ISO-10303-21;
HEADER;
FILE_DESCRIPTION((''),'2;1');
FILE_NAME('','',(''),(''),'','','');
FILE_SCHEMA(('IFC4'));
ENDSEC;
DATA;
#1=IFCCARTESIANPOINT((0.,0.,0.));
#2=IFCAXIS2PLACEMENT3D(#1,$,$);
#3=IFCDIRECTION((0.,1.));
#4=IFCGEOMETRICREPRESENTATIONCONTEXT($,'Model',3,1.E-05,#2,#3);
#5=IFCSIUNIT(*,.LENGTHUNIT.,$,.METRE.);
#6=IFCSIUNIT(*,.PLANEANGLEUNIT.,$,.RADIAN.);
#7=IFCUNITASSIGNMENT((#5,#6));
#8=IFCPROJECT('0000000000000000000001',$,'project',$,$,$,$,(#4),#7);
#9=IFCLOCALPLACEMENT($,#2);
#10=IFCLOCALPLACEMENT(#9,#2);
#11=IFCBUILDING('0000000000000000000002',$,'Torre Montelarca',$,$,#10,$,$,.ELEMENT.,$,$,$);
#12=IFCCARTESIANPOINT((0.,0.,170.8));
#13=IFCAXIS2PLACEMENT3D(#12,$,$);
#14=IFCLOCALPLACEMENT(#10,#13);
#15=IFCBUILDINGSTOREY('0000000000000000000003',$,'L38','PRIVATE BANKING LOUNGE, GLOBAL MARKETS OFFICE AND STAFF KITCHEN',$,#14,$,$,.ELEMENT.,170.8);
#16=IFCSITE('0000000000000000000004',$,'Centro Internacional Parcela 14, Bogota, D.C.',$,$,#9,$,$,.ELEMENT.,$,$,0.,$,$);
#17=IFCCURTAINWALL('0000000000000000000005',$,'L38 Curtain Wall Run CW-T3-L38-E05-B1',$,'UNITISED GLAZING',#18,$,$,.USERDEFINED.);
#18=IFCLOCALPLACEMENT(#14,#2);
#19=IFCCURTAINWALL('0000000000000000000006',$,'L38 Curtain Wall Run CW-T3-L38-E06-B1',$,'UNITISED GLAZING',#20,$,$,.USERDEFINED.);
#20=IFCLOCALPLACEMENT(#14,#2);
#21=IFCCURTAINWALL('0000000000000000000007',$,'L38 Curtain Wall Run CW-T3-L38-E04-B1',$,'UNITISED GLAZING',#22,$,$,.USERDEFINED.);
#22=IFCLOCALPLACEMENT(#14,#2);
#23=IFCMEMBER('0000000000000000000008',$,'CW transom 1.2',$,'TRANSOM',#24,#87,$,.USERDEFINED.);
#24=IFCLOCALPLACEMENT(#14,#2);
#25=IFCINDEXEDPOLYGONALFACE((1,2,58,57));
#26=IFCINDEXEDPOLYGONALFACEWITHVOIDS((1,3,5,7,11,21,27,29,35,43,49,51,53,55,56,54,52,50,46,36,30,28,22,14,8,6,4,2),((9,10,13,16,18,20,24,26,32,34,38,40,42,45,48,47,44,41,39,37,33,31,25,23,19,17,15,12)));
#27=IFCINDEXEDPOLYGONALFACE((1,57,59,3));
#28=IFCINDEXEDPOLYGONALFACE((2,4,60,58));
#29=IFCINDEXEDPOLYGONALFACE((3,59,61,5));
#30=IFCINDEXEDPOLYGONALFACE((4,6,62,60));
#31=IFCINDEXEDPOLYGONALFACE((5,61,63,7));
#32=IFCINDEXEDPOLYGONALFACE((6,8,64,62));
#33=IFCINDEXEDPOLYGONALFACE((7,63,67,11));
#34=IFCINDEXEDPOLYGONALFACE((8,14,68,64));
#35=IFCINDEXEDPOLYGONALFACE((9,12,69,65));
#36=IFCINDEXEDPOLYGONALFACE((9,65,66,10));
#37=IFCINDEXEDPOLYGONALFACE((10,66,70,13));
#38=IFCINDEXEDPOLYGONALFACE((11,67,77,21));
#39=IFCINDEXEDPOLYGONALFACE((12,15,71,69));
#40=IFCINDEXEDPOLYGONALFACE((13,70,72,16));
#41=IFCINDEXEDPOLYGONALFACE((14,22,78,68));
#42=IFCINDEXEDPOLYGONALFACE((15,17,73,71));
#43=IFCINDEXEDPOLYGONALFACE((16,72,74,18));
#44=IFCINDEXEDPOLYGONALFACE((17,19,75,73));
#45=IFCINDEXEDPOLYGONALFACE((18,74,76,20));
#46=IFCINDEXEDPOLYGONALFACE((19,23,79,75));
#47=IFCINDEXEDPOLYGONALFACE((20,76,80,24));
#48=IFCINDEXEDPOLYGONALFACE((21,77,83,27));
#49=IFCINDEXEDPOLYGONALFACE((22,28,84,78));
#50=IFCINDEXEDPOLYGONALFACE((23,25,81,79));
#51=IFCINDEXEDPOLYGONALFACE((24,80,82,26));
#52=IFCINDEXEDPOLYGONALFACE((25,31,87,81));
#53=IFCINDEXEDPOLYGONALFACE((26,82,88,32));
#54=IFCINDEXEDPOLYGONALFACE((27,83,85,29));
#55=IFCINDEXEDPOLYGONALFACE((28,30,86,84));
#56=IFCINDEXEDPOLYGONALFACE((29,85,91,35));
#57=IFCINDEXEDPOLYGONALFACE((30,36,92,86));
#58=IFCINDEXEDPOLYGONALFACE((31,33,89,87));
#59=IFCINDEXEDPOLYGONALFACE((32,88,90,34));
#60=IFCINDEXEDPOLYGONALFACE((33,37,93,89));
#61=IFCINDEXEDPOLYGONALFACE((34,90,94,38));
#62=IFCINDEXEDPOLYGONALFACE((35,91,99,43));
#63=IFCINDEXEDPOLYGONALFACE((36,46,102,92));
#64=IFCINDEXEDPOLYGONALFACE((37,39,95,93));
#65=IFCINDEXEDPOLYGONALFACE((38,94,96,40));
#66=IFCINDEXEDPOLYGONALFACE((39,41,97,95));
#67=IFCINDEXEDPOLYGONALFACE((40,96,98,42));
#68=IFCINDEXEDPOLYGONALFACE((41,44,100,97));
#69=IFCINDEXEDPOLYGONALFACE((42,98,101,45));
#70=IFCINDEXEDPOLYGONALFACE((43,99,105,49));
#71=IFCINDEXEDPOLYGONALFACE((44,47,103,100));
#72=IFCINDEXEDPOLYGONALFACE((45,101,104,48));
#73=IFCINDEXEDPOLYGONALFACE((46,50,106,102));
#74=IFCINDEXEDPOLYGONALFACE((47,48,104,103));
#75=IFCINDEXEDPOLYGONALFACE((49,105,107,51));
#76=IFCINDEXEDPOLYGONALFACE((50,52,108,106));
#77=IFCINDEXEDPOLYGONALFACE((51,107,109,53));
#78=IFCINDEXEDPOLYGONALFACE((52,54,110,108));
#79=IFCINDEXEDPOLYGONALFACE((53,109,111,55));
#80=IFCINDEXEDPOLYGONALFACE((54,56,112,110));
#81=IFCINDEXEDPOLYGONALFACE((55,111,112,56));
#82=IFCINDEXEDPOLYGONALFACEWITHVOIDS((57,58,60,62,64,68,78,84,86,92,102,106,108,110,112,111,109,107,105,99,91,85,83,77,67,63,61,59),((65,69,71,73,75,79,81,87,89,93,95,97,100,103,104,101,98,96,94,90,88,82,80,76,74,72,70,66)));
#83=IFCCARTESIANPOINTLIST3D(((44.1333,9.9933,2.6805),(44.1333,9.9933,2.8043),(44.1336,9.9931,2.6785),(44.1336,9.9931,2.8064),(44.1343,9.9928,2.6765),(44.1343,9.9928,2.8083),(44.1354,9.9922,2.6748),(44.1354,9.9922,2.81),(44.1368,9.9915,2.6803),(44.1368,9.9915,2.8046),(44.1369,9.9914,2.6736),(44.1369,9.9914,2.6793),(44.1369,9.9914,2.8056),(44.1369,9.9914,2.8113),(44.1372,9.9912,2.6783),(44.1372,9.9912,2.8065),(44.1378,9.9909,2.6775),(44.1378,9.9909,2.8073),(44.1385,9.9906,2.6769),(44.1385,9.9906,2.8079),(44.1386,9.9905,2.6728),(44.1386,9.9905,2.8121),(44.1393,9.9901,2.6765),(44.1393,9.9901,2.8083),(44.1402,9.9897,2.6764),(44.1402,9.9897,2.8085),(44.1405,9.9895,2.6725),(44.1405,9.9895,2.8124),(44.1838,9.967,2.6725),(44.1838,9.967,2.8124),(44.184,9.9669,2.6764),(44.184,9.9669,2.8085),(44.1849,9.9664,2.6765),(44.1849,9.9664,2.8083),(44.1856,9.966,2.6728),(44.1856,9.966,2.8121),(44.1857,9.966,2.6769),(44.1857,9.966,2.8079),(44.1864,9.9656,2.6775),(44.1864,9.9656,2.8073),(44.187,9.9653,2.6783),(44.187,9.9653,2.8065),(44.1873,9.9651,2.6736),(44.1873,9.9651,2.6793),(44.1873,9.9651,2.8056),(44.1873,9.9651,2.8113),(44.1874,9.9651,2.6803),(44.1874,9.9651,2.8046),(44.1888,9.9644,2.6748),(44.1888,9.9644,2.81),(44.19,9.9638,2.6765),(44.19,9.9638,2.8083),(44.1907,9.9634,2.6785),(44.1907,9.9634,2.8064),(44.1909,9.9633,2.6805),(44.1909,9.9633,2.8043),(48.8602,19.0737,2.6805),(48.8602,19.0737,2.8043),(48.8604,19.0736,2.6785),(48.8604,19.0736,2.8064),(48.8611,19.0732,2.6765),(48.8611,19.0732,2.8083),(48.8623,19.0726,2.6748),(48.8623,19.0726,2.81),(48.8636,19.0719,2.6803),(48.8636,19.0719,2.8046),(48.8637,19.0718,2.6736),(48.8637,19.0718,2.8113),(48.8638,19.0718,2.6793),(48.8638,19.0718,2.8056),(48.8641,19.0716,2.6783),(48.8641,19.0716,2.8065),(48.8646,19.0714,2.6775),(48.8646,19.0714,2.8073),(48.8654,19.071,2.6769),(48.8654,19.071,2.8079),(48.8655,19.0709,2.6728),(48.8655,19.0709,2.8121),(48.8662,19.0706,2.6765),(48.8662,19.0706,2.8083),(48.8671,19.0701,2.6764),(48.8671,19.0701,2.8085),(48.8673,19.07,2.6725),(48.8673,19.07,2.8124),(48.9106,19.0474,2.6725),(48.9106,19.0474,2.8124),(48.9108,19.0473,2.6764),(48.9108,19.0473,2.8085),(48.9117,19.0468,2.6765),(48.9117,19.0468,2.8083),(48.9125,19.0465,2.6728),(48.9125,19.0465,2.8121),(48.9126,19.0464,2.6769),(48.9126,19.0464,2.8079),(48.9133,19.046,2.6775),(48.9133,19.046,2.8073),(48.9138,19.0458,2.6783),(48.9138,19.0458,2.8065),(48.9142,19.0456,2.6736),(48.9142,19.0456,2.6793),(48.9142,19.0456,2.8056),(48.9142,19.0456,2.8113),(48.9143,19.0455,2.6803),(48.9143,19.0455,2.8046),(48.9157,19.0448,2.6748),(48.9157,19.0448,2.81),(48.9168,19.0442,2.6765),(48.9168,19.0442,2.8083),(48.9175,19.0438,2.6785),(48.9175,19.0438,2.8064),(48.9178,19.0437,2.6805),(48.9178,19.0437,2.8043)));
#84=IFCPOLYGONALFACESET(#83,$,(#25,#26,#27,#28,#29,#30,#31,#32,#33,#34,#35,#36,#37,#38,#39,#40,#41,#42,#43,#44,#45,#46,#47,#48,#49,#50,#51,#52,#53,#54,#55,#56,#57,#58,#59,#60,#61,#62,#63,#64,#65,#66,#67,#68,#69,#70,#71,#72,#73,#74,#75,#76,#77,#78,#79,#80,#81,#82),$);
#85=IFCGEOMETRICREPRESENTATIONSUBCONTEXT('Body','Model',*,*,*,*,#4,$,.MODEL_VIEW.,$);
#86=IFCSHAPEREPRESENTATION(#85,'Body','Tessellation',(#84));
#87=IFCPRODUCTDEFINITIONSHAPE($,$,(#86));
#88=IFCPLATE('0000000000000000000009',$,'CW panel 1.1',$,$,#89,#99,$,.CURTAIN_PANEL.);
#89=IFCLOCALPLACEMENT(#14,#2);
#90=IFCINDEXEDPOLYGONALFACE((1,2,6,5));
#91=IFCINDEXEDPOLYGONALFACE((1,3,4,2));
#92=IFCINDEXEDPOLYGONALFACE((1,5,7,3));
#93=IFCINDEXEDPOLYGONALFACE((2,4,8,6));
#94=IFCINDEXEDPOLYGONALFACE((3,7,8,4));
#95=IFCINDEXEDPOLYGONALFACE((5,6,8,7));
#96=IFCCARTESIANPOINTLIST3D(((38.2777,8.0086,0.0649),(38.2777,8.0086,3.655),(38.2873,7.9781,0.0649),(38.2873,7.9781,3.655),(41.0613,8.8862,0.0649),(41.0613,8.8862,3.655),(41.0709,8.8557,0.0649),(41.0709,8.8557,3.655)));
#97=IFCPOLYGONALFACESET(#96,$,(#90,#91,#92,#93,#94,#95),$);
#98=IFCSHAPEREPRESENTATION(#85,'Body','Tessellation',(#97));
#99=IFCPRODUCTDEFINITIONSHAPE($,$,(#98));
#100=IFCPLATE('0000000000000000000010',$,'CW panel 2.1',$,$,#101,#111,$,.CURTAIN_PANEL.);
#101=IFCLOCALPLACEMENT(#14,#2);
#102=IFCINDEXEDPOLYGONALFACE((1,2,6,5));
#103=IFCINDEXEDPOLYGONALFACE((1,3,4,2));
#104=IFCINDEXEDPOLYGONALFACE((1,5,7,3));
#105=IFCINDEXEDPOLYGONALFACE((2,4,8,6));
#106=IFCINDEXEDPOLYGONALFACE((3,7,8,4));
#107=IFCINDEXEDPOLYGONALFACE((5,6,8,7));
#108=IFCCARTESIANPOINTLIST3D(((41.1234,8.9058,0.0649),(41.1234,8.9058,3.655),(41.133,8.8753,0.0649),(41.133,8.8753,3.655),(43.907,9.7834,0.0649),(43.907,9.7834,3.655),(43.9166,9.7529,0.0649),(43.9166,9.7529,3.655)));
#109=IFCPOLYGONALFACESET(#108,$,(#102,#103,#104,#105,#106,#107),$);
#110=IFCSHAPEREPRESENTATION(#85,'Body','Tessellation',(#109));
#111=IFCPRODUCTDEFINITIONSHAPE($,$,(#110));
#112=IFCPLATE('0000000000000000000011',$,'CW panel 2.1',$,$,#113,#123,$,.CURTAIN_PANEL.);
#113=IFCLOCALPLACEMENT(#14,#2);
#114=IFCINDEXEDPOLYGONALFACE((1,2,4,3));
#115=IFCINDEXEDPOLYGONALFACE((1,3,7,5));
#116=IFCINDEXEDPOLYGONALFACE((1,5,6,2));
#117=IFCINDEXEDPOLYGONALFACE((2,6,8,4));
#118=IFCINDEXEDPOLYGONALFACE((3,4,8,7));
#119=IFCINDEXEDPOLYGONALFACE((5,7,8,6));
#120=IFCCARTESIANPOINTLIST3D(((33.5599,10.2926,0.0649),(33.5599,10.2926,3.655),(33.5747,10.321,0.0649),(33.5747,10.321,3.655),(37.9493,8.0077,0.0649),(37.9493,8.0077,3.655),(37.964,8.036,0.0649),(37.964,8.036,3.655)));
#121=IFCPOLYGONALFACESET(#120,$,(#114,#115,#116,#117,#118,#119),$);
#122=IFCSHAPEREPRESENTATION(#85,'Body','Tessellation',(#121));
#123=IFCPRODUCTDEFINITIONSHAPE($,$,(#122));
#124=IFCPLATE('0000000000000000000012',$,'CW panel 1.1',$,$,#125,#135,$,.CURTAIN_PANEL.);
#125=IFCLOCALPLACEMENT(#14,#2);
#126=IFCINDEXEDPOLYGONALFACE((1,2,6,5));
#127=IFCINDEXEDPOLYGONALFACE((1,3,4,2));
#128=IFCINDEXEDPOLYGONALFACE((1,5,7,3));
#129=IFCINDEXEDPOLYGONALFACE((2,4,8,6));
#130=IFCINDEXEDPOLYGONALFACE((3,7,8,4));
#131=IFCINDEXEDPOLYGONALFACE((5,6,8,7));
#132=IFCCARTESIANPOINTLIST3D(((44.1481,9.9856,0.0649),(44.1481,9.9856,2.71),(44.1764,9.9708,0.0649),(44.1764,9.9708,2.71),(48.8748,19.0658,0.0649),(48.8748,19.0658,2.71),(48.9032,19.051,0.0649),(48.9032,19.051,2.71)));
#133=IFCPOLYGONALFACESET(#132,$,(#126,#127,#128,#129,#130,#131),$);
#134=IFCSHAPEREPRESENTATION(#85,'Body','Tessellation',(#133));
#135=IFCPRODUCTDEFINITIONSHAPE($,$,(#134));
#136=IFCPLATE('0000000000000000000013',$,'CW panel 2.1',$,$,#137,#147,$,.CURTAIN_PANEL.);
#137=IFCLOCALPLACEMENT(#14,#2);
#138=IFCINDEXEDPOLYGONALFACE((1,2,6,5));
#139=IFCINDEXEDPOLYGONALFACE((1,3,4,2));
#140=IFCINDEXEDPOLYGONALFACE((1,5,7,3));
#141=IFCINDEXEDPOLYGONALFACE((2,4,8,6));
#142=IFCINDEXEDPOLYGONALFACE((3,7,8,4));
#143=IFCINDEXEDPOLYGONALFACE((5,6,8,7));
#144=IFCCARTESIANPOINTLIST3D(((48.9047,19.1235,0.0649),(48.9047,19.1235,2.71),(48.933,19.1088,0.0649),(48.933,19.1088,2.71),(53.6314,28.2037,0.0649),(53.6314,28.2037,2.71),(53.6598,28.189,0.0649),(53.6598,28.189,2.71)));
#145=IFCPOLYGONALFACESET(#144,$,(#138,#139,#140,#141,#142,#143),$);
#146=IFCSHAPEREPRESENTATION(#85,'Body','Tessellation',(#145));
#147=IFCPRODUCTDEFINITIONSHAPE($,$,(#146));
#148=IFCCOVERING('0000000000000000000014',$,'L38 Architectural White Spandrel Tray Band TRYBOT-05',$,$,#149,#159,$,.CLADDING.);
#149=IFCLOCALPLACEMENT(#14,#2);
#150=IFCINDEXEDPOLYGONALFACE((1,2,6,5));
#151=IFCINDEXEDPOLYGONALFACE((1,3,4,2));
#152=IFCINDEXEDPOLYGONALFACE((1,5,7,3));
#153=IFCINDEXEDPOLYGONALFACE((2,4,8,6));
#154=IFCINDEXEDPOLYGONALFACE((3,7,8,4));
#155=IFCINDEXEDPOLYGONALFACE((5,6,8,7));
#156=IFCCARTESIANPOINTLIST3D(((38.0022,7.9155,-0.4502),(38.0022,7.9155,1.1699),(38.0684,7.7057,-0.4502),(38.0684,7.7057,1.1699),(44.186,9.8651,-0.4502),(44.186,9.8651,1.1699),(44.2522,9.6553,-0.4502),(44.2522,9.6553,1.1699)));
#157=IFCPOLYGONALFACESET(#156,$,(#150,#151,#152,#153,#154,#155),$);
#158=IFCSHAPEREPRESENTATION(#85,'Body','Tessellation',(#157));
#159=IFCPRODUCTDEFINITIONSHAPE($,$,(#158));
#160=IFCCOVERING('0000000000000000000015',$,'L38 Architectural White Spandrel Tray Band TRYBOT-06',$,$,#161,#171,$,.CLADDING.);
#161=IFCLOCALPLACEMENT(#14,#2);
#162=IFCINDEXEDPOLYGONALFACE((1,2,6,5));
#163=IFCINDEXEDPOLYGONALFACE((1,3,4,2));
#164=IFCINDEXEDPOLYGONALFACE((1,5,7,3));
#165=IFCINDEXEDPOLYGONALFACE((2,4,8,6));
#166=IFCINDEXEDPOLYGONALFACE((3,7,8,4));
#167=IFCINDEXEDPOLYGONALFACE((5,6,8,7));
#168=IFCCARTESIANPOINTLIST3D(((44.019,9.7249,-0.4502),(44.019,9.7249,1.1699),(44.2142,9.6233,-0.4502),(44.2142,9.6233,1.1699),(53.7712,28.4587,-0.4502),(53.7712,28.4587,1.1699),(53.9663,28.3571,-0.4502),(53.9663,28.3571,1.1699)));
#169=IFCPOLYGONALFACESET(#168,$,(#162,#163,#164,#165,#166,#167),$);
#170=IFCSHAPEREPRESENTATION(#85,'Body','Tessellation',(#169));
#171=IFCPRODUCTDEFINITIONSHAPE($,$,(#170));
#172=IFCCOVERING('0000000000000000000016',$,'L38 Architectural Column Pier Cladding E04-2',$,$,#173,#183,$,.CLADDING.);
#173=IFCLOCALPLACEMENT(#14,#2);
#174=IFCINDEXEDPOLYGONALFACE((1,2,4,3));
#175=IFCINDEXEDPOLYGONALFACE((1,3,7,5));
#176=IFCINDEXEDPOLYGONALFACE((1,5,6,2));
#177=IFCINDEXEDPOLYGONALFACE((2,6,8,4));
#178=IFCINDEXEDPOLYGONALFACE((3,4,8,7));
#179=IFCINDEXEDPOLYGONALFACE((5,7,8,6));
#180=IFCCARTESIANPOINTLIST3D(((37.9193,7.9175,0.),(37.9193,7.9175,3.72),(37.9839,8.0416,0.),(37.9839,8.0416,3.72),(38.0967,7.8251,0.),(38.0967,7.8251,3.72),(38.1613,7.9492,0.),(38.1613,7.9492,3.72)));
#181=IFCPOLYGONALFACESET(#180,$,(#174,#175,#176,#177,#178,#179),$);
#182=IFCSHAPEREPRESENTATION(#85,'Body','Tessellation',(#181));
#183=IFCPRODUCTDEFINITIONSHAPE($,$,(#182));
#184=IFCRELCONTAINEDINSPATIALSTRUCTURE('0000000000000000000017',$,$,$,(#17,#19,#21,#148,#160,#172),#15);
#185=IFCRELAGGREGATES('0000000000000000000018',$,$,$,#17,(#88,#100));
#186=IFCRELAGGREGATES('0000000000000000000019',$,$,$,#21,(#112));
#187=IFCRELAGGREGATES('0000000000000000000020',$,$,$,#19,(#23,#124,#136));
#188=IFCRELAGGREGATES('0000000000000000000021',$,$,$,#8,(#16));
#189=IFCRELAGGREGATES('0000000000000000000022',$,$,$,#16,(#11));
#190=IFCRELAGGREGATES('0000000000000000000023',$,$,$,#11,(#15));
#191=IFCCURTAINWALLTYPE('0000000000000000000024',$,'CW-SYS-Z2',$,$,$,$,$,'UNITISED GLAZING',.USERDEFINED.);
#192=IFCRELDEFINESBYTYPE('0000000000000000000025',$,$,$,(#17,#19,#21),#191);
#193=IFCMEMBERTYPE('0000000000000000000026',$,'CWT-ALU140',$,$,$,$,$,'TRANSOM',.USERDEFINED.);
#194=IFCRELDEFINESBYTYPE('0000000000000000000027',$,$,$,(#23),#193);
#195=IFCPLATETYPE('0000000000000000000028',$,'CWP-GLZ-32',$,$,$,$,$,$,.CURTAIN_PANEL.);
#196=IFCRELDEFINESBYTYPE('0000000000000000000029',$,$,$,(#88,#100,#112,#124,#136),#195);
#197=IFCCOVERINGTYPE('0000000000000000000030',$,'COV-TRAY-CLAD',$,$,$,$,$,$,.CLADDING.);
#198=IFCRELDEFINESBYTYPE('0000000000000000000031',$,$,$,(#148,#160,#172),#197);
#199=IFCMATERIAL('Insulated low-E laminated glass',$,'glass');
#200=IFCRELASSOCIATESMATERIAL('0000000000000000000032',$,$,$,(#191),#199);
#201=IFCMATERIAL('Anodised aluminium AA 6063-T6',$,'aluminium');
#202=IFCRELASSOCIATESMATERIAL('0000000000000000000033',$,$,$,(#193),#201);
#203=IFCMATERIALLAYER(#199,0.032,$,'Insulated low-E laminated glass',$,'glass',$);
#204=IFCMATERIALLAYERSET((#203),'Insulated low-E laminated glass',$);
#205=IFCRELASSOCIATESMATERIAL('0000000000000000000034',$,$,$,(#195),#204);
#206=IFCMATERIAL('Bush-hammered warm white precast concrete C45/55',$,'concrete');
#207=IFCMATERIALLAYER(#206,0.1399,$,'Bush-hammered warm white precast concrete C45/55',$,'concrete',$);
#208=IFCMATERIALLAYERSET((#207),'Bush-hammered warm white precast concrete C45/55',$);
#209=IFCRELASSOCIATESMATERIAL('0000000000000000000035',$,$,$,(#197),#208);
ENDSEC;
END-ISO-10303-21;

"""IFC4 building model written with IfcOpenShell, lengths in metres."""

from ifc_helpers import new_model, si_unit, direction, frame, origin, origin_2d, place, context, subcontext, project, spatial, rectangle, hollow_rectangle, extrude, source, transform, mapped, material, layer, layer_set, material_profile, profile_set, type_object, element, aggregate, save


model = new_model("IFC4")

# Units and contexts
model_context = context("Model", 3, precision=1e-05, world=origin(), true_north=direction((0.0, 1.0)))
body_context = subcontext(model_context, "Body", "Model", "MODEL_VIEW")
ifc_project = project(units=[si_unit("LENGTHUNIT", "METRE"), si_unit("PLANEANGLEUNIT", "RADIAN")], contexts=[model_context])

# Site, building, storey
site_placement = place(None, origin())
site = spatial("IfcSite", under=ifc_project, at=site_placement, Name="Centro Internacional Parcela 14, Bogota, D.C.", CompositionType="ELEMENT", RefElevation=0.0)
building_placement = place(site_placement, origin())
building = spatial("IfcBuilding", under=site, at=building_placement, Name="Torre Montelarca", CompositionType="ELEMENT")
storey_placement = place(building_placement, frame((0.0, 0.0, 170.8)))
storey = spatial("IfcBuildingStorey", under=building, at=storey_placement, Name="L38", Description="PRIVATE BANKING LOUNGE, GLOBAL MARKETS OFFICE AND STAFF KITCHEN", CompositionType="ELEMENT", Elevation=170.8)

# Curtain walls
ifc_material_1 = material(Name="Insulated low-E laminated glass", Category="glass")
curtain_wall_type = type_object("IfcCurtainWallType", Name="CW-SYS-Z2", ElementType="UNITISED GLAZING", PredefinedType="USERDEFINED", material=ifc_material_1)
curtain_wall_1_placement = place(storey_placement, origin())
curtain_wall_1 = element("IfcCurtainWall", 1, at=curtain_wall_1_placement, inside=storey, type_object=curtain_wall_type, Name="L38 Curtain Wall Run CW-T3-L38-E05-B1", ObjectType="UNITISED GLAZING", PredefinedType="USERDEFINED")
ifc_material_2 = material(Name="Anodised aluminium AA 6063-T6", Category="aluminium")
ifc_material_profile_1 = material_profile(ifc_material_2, hollow_rectangle(XDim=0.0649, YDim=0.1399, WallThickness=0.0039, InnerFilletRadius=0.0039, OuterFilletRadius=0.0081, at=origin_2d()), Name="ALU65X140X4", Category="aluminium")
ifc_profile_set_1 = profile_set([ifc_material_profile_1], Name="Anodised aluminium AA 6063-T6")
member_type_1 = type_object("IfcMemberType", Name="CWT-ALU140", ElementType="TRANSOM", PredefinedType="USERDEFINED", material=ifc_profile_set_1)
curtain_wall_2_placement = place(storey_placement, origin())
curtain_wall_2 = element("IfcCurtainWall", 2, at=curtain_wall_2_placement, inside=storey, type_object=curtain_wall_type, Name="L38 Curtain Wall Run CW-T3-L38-E06-B1", ObjectType="UNITISED GLAZING", PredefinedType="USERDEFINED")

# Curtain wall
curtain_wall_3_placement = place(storey_placement, origin())
curtain_wall_3 = element("IfcCurtainWall", 3, at=curtain_wall_3_placement, inside=storey, type_object=curtain_wall_type, Name="L38 Curtain Wall Run CW-T3-L38-E04-B1", ObjectType="UNITISED GLAZING", PredefinedType="USERDEFINED")

# Member
shared_shape_1 = source(origin(), body_context, "Body", "SweptSolid", [
    extrude(hollow_rectangle(XDim=0.0649, YDim=0.1399, WallThickness=0.0039, InnerFilletRadius=0.0039, OuterFilletRadius=0.0081, at=origin_2d()), origin(), (0.0, 0.0, 1.0), 10.2371),
])
member_1_placement = place(storey_placement, frame((44.1621, 9.9783, 2.7424), z_axis=(0.46174, 0.887015, 0.0), x_axis=(-0.887015, 0.46174, 0.0)))
member_1 = element("IfcMember", 4, at=member_1_placement, type_object=member_type_1, Name="CW transom 1.2", ObjectType="TRANSOM", PredefinedType="USERDEFINED", context=body_context, shape_type="MappedRepresentation", body=[
    mapped(shared_shape_1, transform((0.0, 0.0, 0.0), scale=1.0)),
])

# Plates
ifc_layer_1 = layer(ifc_material_1, 0.032, Name="Insulated low-E laminated glass", Category="glass")
ifc_layer_set_1 = layer_set([ifc_layer_1], Name="Insulated low-E laminated glass")
plate_type = type_object("IfcPlateType", Name="CWP-GLZ-32", PredefinedType="CURTAIN_PANEL", material=ifc_layer_set_1)
shared_shape_2 = source(origin(), body_context, "Body", "SweptSolid", [
    extrude(rectangle(XDim=2.9187, YDim=0.032, at=origin_2d()), origin(), (0.0, 0.0, 1.0), 3.5901),
])
plate_1_placement = place(storey_placement, frame((39.6743, 8.4321, 0.0649), z_axis=(0.0, 0.0, 1.0), x_axis=(0.953725, 0.300679, 0.0)))
plate_1 = element("IfcPlate", 5, at=plate_1_placement, type_object=plate_type, Name="CW panel 1.1", PredefinedType="CURTAIN_PANEL", context=body_context, shape_type="MappedRepresentation", body=[
    mapped(shared_shape_2, transform((0.0, 0.0, 0.0), scale=1.0)),
])
plate_2_placement = place(storey_placement, frame((42.52, 9.3293, 0.0649), z_axis=(0.0, 0.0, 1.0), x_axis=(0.953725, 0.300679, 0.0)))
plate_2 = element("IfcPlate", 6, at=plate_2_placement, type_object=plate_type, Name="CW panel 2.1", PredefinedType="CURTAIN_PANEL", context=body_context, shape_type="MappedRepresentation", body=[
    mapped(shared_shape_2, transform((0.0, 0.0, 0.0), scale=1.0)),
])
aggregate(curtain_wall_1, [plate_1, plate_2])
shared_shape_3 = source(origin(), body_context, "Body", "SweptSolid", [
    extrude(rectangle(XDim=4.9485, YDim=0.032, at=origin_2d()), origin(), (0.0, 0.0, 1.0), 3.5901),
])
plate_3_placement = place(storey_placement, frame((35.762, 9.1643, 0.0649), z_axis=(0.0, 0.0, 1.0), x_axis=(0.887013, -0.461744, 0.0)))
plate_3 = element("IfcPlate", 7, at=plate_3_placement, type_object=plate_type, Name="CW panel 2.1", PredefinedType="CURTAIN_PANEL", context=body_context, shape_type="MappedRepresentation", body=[
    mapped(shared_shape_3, transform((0.0, 0.0, 0.0), scale=1.0)),
])
aggregate(curtain_wall_3, [plate_3])
shared_shape_4 = source(origin(), body_context, "Body", "SweptSolid", [
    extrude(rectangle(XDim=10.2368, YDim=0.032, at=origin_2d()), origin(), (0.0, 0.0, 1.0), 2.645),
])
plate_4_placement = place(storey_placement, frame((46.5256, 14.5183, 0.0649), z_axis=(0.0, 0.0, 1.0), x_axis=(0.461743, 0.887014, 0.0)))
plate_4 = element("IfcPlate", 8, at=plate_4_placement, type_object=plate_type, Name="CW panel 1.1", PredefinedType="CURTAIN_PANEL", context=body_context, shape_type="MappedRepresentation", body=[
    mapped(shared_shape_4, transform((0.0, 0.0, 0.0), scale=1.0)),
])
plate_5_placement = place(storey_placement, frame((51.2822, 23.6562, 0.0649), z_axis=(0.0, 0.0, 1.0), x_axis=(0.461743, 0.887014, 0.0)))
plate_5 = element("IfcPlate", 9, at=plate_5_placement, type_object=plate_type, Name="CW panel 2.1", PredefinedType="CURTAIN_PANEL", context=body_context, shape_type="MappedRepresentation", body=[
    mapped(shared_shape_4, transform((0.0, 0.0, 0.0), scale=1.0)),
])
aggregate(curtain_wall_2, [member_1, plate_4, plate_5])

# Coverings
ifc_material_3 = material(Name="Bush-hammered warm white precast concrete C45/55", Category="concrete")
ifc_layer_2 = layer(ifc_material_3, 0.1399, Name="Bush-hammered warm white precast concrete C45/55", Category="concrete")
ifc_layer_set_2 = layer_set([ifc_layer_2], Name="Bush-hammered warm white precast concrete C45/55")
covering_type = type_object("IfcCoveringType", Name="COV-TRAY-CLAD", PredefinedType="CLADDING", material=ifc_layer_set_2)
shared_shape_5 = source(origin(), body_context, "Body", "SweptSolid", [
    extrude(rectangle(XDim=6.4839, YDim=0.22, at=origin_2d()), origin(), (0.0, 0.0, 1.0), 1.6201),
])
covering_1_placement = place(storey_placement, frame((41.1272, 8.7854, -0.4502), z_axis=(0.0, 0.0, 1.0), x_axis=(0.953722, 0.300691, 0.0)))
element("IfcCovering", 10, at=covering_1_placement, inside=storey, type_object=covering_type, Name="L38 Architectural White Spandrel Tray Band TRYBOT-05", PredefinedType="CLADDING", context=body_context, shape_type="MappedRepresentation", body=[
    mapped(shared_shape_5, transform((0.0, 0.0, 0.0), scale=1.0)),
])
shared_shape_6 = source(origin(), body_context, "Body", "SweptSolid", [
    extrude(rectangle(XDim=21.1201, YDim=0.22, at=origin_2d()), origin(), (0.0, 0.0, 1.0), 1.6201),
])
covering_2_placement = place(storey_placement, frame((48.9927, 19.041, -0.4502), z_axis=(0.0, 0.0, 1.0), x_axis=(0.461747, 0.887012, 0.0)))
element("IfcCovering", 11, at=covering_2_placement, inside=storey, type_object=covering_type, Name="L38 Architectural White Spandrel Tray Band TRYBOT-06", PredefinedType="CLADDING", context=body_context, shape_type="MappedRepresentation", body=[
    mapped(shared_shape_6, transform((0.0, 0.0, 0.0), scale=1.0)),
])
shared_shape_7 = source(origin(), body_context, "Body", "SweptSolid", [
    extrude(rectangle(XDim=0.2, YDim=0.1399, at=origin_2d()), origin(), (0.0, 0.0, 1.0), 3.72),
])
for number, where, z_axis, x_axis, name in (
    (12, (38.0403, 7.9333, 0.0), (0.0, 0.0, 1.0), (0.887012, -0.461747, 0.0), "L38 Architectural Column Pier Cladding E04-2"),
):
    element("IfcCovering", number, at=place(storey_placement, frame(where, z_axis=z_axis, x_axis=x_axis)), inside=storey, type_object=covering_type, Name=name, PredefinedType="CLADDING", context=body_context, shape_type="MappedRepresentation", body=[
        mapped(shared_shape_7, transform((0.0, 0.0, 0.0), scale=1.0)),
    ])

save(model, "model.ifc")
